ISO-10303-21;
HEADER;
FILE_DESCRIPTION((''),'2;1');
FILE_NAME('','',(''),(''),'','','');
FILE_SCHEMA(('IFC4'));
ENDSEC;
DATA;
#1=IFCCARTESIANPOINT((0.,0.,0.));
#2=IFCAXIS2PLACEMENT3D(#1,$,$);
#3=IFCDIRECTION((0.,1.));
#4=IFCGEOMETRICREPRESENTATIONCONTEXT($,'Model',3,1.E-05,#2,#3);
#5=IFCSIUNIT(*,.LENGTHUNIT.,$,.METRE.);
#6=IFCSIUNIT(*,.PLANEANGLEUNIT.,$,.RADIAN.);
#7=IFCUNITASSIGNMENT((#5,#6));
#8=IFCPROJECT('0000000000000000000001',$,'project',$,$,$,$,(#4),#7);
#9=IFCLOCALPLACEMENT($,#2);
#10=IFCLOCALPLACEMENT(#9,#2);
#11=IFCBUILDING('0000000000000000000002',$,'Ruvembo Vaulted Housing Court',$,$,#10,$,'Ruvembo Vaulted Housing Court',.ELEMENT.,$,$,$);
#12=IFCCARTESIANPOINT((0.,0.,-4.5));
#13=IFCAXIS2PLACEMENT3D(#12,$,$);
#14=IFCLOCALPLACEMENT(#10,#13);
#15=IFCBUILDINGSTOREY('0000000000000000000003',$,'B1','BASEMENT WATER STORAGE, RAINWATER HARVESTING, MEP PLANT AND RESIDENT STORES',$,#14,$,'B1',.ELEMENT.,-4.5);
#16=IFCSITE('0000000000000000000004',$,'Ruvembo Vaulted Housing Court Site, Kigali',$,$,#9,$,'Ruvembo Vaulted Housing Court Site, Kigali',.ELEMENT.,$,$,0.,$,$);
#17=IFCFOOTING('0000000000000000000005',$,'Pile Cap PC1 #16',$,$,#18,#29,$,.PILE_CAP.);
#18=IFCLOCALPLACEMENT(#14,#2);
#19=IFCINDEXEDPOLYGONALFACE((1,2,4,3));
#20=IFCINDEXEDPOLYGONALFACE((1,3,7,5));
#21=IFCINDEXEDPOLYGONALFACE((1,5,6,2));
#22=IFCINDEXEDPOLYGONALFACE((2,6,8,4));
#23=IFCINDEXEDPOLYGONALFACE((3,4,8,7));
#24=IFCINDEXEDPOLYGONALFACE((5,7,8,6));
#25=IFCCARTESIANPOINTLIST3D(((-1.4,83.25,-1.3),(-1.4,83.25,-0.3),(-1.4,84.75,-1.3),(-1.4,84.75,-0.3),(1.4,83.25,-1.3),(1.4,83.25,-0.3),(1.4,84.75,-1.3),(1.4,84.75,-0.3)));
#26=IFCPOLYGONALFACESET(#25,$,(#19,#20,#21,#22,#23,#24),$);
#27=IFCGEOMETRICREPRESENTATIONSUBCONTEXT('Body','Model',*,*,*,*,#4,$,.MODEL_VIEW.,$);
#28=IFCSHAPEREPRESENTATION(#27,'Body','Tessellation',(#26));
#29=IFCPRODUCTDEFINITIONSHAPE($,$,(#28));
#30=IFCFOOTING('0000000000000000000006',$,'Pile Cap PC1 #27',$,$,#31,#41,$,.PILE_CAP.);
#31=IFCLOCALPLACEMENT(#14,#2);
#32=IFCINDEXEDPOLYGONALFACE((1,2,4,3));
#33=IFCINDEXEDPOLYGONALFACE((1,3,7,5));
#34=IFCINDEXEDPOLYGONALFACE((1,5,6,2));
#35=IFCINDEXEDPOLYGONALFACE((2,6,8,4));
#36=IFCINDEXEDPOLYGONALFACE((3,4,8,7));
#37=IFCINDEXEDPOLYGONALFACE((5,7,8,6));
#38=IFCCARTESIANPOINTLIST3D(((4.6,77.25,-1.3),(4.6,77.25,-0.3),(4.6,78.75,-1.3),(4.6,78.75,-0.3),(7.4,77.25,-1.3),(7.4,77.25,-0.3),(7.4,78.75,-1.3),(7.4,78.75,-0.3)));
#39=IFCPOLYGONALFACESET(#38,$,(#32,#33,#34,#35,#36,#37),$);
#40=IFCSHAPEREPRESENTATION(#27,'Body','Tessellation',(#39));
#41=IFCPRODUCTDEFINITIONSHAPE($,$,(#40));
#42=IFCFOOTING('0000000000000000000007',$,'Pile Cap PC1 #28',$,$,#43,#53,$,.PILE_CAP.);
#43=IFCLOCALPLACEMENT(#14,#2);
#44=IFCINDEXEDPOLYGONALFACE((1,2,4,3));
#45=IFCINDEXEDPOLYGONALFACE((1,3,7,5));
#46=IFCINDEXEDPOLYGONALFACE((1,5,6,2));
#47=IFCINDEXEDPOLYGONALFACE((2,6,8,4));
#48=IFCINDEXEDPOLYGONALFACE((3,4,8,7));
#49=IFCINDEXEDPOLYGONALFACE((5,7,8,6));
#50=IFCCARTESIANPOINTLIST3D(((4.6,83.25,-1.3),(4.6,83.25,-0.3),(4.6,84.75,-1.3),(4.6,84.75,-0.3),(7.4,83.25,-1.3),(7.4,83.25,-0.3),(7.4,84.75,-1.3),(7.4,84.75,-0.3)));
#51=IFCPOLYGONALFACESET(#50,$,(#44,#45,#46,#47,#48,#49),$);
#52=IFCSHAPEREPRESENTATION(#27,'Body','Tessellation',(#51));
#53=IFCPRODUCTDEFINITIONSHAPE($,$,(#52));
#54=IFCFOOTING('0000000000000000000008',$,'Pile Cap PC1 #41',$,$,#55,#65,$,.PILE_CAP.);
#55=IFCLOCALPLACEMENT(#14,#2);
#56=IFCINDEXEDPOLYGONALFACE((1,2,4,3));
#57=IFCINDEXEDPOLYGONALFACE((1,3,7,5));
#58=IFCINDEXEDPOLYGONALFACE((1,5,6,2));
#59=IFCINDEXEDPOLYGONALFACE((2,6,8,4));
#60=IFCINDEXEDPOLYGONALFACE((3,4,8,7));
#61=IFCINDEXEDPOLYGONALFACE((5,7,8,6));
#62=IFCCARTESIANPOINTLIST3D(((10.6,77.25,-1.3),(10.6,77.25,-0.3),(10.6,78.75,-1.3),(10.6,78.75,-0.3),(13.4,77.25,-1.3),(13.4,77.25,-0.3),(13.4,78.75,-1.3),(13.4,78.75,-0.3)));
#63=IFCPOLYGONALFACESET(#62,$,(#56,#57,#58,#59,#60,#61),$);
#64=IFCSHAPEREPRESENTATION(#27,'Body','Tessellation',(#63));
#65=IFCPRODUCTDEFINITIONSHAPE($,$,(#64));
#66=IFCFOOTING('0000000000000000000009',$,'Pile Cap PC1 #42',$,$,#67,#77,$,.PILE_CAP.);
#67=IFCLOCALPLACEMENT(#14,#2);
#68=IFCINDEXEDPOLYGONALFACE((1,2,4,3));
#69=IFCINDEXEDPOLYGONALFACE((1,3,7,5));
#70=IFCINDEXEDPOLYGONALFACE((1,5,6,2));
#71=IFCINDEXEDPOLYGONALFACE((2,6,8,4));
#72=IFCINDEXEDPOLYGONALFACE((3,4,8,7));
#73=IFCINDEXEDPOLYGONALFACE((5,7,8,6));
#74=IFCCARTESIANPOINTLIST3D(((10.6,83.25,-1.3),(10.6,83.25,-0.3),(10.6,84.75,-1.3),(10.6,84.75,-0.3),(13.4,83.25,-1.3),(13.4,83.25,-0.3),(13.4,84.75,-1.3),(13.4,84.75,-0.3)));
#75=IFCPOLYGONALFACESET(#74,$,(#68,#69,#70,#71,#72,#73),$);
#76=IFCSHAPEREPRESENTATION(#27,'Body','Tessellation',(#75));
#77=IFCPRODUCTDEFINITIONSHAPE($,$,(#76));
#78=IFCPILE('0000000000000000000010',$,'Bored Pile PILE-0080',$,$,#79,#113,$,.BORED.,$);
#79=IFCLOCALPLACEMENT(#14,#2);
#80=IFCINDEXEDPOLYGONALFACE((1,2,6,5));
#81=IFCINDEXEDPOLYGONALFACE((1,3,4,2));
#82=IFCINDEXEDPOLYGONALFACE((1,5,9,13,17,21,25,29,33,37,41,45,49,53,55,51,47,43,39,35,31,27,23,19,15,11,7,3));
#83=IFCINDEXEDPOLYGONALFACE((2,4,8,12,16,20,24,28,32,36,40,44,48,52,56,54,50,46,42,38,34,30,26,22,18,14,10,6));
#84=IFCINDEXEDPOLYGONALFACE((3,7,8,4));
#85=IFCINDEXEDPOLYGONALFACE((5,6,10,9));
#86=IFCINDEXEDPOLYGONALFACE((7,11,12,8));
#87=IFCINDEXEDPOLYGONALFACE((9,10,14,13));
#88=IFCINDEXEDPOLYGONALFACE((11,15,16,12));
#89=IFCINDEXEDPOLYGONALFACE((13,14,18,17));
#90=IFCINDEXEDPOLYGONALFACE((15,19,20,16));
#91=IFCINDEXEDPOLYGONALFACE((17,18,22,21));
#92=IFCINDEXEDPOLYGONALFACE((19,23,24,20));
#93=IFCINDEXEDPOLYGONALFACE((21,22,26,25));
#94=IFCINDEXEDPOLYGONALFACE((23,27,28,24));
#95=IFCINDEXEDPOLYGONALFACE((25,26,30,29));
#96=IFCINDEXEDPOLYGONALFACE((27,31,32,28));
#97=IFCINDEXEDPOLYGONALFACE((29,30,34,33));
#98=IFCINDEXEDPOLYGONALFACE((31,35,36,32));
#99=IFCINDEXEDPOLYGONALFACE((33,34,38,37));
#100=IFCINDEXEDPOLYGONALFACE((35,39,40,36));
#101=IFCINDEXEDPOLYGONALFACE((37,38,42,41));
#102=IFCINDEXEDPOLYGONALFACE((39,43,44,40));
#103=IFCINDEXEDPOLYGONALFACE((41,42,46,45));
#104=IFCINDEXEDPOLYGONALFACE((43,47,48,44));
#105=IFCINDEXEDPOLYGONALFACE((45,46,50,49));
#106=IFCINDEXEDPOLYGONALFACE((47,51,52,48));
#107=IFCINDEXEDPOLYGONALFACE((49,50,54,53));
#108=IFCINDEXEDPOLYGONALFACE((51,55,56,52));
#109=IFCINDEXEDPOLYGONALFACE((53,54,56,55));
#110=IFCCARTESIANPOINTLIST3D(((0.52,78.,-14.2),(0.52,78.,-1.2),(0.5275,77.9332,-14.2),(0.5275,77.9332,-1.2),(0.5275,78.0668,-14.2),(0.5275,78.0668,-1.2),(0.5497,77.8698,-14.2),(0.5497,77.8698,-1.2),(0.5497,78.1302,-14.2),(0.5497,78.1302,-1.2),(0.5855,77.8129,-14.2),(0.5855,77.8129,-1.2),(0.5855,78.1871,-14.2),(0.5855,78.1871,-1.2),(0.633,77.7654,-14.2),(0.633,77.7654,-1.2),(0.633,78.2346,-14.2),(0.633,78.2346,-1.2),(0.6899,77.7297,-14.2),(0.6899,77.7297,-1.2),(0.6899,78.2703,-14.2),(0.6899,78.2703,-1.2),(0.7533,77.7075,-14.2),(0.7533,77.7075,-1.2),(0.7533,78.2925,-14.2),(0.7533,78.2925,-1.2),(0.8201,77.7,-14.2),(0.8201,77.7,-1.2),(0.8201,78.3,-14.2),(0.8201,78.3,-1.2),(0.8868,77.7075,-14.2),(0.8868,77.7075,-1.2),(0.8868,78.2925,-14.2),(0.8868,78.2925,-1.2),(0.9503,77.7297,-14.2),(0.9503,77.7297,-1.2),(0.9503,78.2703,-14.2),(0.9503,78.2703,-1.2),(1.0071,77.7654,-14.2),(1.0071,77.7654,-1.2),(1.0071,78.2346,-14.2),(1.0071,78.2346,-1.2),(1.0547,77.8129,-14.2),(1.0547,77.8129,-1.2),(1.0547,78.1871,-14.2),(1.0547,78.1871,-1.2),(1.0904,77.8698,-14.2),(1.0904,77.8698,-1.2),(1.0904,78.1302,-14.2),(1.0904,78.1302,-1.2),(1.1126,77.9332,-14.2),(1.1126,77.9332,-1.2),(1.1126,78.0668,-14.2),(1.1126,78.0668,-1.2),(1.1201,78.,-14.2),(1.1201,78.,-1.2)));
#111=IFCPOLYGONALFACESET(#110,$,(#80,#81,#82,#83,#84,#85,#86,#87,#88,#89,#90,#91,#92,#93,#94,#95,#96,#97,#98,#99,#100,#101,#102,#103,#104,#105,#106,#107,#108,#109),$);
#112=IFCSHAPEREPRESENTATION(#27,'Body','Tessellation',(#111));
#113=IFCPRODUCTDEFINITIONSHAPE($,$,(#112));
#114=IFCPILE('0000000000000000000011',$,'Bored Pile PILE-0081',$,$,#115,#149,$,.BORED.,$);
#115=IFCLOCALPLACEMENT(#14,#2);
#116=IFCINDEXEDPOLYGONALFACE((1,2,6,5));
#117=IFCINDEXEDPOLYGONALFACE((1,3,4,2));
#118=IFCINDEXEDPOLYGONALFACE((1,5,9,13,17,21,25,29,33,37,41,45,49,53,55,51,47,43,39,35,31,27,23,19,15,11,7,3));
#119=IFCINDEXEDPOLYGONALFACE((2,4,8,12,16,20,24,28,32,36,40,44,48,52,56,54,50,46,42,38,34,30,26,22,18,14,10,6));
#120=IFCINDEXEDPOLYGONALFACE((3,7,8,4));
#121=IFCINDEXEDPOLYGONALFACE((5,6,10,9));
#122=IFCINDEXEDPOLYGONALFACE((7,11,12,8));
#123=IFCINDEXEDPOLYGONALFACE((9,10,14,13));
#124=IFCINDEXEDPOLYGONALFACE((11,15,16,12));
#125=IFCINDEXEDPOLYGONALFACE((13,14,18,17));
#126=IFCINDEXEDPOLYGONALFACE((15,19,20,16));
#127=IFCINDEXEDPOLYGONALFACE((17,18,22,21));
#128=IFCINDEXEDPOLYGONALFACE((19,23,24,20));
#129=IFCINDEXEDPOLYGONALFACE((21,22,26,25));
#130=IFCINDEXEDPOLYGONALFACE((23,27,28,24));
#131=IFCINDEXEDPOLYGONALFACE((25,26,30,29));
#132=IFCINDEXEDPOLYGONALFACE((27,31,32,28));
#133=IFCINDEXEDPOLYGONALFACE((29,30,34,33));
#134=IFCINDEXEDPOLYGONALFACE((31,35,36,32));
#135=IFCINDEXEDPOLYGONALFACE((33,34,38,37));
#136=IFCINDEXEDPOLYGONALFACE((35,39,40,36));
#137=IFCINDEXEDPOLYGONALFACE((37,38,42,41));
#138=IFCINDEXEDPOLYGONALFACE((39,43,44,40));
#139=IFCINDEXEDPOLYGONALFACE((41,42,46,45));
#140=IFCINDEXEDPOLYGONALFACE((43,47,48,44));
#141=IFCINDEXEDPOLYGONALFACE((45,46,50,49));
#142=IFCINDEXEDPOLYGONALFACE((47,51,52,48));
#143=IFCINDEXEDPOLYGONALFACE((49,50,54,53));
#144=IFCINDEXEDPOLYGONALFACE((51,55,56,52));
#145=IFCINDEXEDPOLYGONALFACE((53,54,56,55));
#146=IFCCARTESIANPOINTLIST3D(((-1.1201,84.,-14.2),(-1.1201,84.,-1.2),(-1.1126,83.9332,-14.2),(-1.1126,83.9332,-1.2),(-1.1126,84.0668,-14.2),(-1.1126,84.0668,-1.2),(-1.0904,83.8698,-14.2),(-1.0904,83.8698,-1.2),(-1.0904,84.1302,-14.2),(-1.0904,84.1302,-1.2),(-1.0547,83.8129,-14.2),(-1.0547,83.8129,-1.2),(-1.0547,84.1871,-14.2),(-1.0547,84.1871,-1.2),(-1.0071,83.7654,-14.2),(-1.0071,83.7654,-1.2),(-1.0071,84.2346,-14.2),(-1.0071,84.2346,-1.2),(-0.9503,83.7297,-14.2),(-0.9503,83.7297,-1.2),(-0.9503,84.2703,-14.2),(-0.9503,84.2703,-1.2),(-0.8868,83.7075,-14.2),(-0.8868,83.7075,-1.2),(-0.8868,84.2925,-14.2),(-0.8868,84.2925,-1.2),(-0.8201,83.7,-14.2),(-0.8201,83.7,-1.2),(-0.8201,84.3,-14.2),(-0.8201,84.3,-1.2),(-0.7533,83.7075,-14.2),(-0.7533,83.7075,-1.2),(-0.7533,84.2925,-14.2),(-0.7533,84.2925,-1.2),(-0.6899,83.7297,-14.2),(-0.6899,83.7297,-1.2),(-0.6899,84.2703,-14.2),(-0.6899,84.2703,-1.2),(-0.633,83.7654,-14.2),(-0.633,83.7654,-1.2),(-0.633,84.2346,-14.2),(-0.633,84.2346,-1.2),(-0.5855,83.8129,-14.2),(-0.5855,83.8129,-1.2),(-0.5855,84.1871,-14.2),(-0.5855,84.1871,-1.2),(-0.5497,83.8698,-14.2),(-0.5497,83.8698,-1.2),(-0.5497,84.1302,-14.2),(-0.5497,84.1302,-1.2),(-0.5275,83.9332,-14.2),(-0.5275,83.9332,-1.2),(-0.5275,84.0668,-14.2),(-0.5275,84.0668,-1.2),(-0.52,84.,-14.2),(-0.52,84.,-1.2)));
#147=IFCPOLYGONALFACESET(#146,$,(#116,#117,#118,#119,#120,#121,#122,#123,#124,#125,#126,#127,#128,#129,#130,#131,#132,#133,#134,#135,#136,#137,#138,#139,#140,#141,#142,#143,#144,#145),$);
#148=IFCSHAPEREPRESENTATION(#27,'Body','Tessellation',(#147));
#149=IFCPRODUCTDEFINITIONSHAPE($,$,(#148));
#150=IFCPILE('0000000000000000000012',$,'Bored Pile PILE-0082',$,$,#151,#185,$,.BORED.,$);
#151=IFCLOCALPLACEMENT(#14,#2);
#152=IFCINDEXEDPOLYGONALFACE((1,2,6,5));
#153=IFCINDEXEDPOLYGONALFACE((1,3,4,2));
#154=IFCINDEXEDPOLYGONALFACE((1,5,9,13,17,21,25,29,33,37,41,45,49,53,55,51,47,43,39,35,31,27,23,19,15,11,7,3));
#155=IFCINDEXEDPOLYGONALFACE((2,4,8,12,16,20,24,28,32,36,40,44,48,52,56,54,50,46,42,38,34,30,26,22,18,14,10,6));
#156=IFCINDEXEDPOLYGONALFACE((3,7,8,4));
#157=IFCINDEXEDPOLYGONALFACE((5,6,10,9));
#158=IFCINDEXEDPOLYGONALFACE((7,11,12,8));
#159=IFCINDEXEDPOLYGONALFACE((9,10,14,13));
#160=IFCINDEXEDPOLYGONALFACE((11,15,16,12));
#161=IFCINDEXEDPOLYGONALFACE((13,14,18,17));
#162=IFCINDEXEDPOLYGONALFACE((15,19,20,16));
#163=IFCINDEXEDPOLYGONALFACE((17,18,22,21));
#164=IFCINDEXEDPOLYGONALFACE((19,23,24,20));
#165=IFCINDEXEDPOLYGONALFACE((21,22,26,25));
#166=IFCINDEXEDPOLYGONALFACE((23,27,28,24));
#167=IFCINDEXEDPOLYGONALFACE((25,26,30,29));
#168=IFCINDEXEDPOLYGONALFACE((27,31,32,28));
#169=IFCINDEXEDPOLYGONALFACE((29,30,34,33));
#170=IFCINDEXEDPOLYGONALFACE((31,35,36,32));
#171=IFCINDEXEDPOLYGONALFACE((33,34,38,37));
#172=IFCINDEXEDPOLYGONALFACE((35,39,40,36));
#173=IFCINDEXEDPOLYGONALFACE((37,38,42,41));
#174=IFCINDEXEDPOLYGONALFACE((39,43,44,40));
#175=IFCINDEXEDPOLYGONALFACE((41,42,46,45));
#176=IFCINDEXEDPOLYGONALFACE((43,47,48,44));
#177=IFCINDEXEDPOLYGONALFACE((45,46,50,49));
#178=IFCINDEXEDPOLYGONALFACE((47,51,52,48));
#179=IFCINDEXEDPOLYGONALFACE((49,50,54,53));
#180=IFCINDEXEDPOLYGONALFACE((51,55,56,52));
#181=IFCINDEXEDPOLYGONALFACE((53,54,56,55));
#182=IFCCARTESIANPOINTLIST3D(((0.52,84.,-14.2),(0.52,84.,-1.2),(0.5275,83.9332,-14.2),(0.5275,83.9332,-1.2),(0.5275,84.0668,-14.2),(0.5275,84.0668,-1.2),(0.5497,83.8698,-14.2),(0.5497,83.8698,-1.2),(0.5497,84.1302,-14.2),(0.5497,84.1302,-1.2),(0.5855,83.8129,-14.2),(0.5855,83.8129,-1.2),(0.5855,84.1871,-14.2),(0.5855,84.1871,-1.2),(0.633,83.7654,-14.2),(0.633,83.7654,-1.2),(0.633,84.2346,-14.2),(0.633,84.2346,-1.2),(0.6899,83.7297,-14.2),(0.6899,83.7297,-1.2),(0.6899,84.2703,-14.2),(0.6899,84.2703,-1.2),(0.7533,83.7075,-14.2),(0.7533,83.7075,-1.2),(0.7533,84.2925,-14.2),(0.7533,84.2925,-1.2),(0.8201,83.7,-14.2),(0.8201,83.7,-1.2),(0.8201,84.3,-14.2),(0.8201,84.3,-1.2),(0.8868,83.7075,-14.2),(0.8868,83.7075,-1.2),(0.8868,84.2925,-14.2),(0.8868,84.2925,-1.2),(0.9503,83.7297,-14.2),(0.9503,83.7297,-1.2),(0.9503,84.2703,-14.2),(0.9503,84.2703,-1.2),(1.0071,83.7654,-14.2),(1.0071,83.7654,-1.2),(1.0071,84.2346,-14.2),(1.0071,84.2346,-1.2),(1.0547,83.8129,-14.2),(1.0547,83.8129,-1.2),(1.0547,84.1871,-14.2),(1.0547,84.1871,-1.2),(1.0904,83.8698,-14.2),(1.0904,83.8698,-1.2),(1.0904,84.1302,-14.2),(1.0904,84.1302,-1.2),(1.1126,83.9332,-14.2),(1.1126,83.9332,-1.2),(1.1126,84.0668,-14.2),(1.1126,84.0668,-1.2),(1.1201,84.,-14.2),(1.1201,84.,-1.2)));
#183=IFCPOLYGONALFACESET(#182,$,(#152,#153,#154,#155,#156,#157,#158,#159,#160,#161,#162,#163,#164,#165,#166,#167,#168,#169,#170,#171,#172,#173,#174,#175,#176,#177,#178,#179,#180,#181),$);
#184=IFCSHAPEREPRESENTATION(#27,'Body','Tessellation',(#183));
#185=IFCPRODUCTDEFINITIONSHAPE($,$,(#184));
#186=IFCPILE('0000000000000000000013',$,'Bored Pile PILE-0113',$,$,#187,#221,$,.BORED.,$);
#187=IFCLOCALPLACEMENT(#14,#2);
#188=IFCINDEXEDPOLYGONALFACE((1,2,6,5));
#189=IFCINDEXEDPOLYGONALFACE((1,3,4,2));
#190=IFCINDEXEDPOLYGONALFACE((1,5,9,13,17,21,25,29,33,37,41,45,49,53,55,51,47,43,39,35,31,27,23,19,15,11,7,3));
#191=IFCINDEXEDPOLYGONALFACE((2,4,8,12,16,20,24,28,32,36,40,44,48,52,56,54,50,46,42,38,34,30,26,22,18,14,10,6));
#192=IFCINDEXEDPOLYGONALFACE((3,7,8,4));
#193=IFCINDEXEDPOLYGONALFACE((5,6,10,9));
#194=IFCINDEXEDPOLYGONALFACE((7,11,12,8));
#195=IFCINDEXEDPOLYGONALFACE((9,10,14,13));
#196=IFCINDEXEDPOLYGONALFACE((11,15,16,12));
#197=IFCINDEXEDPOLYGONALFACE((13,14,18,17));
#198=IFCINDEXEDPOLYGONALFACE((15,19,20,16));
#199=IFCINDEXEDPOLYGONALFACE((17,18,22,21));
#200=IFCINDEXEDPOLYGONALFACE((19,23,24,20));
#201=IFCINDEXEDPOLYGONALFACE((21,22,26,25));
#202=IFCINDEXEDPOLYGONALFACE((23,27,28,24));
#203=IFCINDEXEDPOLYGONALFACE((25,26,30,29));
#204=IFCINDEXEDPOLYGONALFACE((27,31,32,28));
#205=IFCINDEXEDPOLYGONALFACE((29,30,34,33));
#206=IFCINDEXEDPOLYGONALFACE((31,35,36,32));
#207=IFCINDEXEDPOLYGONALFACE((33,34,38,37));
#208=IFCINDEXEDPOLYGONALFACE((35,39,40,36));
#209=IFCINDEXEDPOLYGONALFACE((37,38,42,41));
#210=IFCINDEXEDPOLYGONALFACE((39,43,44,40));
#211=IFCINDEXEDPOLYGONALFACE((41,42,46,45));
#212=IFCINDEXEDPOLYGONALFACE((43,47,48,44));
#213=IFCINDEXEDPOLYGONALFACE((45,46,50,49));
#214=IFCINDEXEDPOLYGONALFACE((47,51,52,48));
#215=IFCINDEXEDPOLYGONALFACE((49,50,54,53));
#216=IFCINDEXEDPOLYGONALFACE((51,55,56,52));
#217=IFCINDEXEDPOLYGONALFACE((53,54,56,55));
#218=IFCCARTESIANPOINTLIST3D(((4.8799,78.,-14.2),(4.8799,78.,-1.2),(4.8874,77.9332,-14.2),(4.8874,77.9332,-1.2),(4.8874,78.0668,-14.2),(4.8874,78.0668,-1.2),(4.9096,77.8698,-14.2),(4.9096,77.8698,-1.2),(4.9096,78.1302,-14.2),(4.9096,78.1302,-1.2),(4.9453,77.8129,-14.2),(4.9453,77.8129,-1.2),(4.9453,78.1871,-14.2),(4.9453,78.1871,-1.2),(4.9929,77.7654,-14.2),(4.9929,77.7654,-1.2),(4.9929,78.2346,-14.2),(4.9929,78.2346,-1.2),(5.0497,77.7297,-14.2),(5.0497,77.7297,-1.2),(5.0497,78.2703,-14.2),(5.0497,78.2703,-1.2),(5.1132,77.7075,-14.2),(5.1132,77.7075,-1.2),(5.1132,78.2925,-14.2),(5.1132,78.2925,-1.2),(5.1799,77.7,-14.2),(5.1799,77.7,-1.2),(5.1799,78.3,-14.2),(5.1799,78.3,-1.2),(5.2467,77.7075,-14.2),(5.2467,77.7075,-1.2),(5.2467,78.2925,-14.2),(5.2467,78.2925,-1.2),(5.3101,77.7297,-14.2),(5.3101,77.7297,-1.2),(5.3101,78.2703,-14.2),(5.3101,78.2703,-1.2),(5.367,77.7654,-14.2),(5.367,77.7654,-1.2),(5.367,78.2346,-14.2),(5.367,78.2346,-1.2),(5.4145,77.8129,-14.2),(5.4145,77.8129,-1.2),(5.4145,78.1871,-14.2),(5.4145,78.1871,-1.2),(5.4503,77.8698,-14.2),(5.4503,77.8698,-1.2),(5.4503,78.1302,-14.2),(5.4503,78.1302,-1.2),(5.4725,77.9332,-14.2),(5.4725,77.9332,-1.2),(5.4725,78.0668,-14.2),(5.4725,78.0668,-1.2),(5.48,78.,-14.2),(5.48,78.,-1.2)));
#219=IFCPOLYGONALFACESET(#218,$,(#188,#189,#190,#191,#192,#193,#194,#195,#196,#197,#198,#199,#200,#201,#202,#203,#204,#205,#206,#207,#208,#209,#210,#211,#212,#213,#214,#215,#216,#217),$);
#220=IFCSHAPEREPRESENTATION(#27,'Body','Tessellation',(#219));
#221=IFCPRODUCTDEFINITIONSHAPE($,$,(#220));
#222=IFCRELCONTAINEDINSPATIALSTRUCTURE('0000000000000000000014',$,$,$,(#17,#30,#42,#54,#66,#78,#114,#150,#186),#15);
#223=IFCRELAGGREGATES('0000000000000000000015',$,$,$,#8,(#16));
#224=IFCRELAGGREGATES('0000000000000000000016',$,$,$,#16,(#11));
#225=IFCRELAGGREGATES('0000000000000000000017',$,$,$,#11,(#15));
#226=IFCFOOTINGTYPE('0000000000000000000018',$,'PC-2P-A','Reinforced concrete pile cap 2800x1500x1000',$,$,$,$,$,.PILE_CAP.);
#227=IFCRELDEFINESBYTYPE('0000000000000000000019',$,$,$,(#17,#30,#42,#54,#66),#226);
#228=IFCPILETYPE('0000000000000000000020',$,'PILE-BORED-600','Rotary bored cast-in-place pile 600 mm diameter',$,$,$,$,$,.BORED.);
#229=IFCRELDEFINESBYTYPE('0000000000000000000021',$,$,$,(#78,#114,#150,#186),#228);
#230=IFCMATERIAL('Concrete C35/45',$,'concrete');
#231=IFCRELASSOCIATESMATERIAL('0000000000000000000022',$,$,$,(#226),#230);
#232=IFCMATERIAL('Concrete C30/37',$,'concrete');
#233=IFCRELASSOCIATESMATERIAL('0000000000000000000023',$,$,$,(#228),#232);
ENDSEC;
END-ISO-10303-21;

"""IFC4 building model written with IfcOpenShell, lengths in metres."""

from ifc_helpers import new_model, si_unit, direction, frame, origin, origin_2d, place, context, subcontext, project, spatial, rectangle, circle, extrude, material, material_profile, profile_set, type_object, element, save


model = new_model("IFC4")

# Units and contexts
model_context = context("Model", 3, precision=1e-05, world=origin(), true_north=direction((0.0, 1.0)))
body_context = subcontext(model_context, "Body", "Model", "MODEL_VIEW")
ifc_project = project(units=[si_unit("LENGTHUNIT", "METRE"), si_unit("PLANEANGLEUNIT", "RADIAN")], contexts=[model_context])

# Site, building, storey
site_placement = place(None, origin())
site = spatial("IfcSite", under=ifc_project, at=site_placement, Name="Ruvembo Vaulted Housing Court Site, Kigali", LongName="Ruvembo Vaulted Housing Court Site, Kigali", CompositionType="ELEMENT", RefElevation=0.0)
building_placement = place(site_placement, origin())
building = spatial("IfcBuilding", under=site, at=building_placement, Name="Ruvembo Vaulted Housing Court", LongName="Ruvembo Vaulted Housing Court", CompositionType="ELEMENT")
storey_placement = place(building_placement, frame((0.0, 0.0, -4.5)))
storey = spatial("IfcBuildingStorey", under=building, at=storey_placement, Name="B1", Description="BASEMENT WATER STORAGE, RAINWATER HARVESTING, MEP PLANT AND RESIDENT STORES", LongName="B1", CompositionType="ELEMENT", Elevation=-4.5)

# Footings
ifc_material_1 = material(Name="Concrete C35/45", Category="concrete")
footing_type = type_object("IfcFootingType", Name="PC-2P-A", Description="Reinforced concrete pile cap 2800x1500x1000", PredefinedType="PILE_CAP", material=ifc_material_1)
for number, where, z_axis, x_axis, name in (
    (1, (0.0, 84.0, -1.3), (0.0, 0.0, 1.0), (1.0, 0.0, 0.0), "Pile Cap PC1 #16"),
    (2, (6.0, 78.0, -1.3), (0.0, 0.0, 1.0), (1.0, 0.0, 0.0), "Pile Cap PC1 #27"),
    (3, (6.0, 84.0, -1.3), (0.0, 0.0, 1.0), (1.0, 0.0, 0.0), "Pile Cap PC1 #28"),
    (4, (12.0, 78.0, -1.3), (0.0, 0.0, 1.0), (1.0, 0.0, 0.0), "Pile Cap PC1 #41"),
    (5, (12.0, 84.0, -1.3), (0.0, 0.0, 1.0), (1.0, 0.0, 0.0), "Pile Cap PC1 #42"),
):
    element("IfcFooting", number, at=place(storey_placement, frame(where, z_axis=z_axis, x_axis=x_axis)), inside=storey, type_object=footing_type, Name=name, PredefinedType="PILE_CAP", context=body_context, shape_type="SweptSolid", body=[
        extrude(rectangle(XDim=2.8, YDim=1.5, at=origin_2d()), origin(), (0.0, 0.0, 1.0), 1.0),
    ])

# Piles
ifc_material_2 = material(Name="Concrete C30/37", Category="concrete")
ifc_material_profile_1 = material_profile(ifc_material_2, circle(Radius=0.3, at=origin_2d()), Name="PILE D600")
ifc_profile_set_1 = profile_set([ifc_material_profile_1], Name="Concrete C30/37")
pile_type = type_object("IfcPileType", Name="PILE-BORED-600", Description="Rotary bored cast-in-place pile 600 mm diameter", PredefinedType="BORED", material=ifc_profile_set_1)
for number, where, z_axis, x_axis, name in (
    (6, (0.8201, 78.0, -1.2), (0.0, 0.0, -1.0), (1.0, 0.0, 0.0), "Bored Pile PILE-0080"),
    (7, (-0.8201, 84.0, -1.2), (0.0, 0.0, -1.0), (1.0, 0.0, 0.0), "Bored Pile PILE-0081"),
    (8, (0.8201, 84.0, -1.2), (0.0, 0.0, -1.0), (1.0, 0.0, 0.0), "Bored Pile PILE-0082"),
    (9, (5.1799, 78.0, -1.2), (0.0, 0.0, -1.0), (1.0, 0.0, 0.0), "Bored Pile PILE-0113"),
):
    element("IfcPile", number, at=place(storey_placement, frame(where, z_axis=z_axis, x_axis=x_axis)), inside=storey, type_object=pile_type, Name=name, PredefinedType="BORED", context=body_context, shape_type="SweptSolid", body=[
        extrude(circle(Radius=0.3, at=origin_2d()), origin(), (0.0, 0.0, 1.0), 13.0),
    ])

save(model, "model.ifc")
